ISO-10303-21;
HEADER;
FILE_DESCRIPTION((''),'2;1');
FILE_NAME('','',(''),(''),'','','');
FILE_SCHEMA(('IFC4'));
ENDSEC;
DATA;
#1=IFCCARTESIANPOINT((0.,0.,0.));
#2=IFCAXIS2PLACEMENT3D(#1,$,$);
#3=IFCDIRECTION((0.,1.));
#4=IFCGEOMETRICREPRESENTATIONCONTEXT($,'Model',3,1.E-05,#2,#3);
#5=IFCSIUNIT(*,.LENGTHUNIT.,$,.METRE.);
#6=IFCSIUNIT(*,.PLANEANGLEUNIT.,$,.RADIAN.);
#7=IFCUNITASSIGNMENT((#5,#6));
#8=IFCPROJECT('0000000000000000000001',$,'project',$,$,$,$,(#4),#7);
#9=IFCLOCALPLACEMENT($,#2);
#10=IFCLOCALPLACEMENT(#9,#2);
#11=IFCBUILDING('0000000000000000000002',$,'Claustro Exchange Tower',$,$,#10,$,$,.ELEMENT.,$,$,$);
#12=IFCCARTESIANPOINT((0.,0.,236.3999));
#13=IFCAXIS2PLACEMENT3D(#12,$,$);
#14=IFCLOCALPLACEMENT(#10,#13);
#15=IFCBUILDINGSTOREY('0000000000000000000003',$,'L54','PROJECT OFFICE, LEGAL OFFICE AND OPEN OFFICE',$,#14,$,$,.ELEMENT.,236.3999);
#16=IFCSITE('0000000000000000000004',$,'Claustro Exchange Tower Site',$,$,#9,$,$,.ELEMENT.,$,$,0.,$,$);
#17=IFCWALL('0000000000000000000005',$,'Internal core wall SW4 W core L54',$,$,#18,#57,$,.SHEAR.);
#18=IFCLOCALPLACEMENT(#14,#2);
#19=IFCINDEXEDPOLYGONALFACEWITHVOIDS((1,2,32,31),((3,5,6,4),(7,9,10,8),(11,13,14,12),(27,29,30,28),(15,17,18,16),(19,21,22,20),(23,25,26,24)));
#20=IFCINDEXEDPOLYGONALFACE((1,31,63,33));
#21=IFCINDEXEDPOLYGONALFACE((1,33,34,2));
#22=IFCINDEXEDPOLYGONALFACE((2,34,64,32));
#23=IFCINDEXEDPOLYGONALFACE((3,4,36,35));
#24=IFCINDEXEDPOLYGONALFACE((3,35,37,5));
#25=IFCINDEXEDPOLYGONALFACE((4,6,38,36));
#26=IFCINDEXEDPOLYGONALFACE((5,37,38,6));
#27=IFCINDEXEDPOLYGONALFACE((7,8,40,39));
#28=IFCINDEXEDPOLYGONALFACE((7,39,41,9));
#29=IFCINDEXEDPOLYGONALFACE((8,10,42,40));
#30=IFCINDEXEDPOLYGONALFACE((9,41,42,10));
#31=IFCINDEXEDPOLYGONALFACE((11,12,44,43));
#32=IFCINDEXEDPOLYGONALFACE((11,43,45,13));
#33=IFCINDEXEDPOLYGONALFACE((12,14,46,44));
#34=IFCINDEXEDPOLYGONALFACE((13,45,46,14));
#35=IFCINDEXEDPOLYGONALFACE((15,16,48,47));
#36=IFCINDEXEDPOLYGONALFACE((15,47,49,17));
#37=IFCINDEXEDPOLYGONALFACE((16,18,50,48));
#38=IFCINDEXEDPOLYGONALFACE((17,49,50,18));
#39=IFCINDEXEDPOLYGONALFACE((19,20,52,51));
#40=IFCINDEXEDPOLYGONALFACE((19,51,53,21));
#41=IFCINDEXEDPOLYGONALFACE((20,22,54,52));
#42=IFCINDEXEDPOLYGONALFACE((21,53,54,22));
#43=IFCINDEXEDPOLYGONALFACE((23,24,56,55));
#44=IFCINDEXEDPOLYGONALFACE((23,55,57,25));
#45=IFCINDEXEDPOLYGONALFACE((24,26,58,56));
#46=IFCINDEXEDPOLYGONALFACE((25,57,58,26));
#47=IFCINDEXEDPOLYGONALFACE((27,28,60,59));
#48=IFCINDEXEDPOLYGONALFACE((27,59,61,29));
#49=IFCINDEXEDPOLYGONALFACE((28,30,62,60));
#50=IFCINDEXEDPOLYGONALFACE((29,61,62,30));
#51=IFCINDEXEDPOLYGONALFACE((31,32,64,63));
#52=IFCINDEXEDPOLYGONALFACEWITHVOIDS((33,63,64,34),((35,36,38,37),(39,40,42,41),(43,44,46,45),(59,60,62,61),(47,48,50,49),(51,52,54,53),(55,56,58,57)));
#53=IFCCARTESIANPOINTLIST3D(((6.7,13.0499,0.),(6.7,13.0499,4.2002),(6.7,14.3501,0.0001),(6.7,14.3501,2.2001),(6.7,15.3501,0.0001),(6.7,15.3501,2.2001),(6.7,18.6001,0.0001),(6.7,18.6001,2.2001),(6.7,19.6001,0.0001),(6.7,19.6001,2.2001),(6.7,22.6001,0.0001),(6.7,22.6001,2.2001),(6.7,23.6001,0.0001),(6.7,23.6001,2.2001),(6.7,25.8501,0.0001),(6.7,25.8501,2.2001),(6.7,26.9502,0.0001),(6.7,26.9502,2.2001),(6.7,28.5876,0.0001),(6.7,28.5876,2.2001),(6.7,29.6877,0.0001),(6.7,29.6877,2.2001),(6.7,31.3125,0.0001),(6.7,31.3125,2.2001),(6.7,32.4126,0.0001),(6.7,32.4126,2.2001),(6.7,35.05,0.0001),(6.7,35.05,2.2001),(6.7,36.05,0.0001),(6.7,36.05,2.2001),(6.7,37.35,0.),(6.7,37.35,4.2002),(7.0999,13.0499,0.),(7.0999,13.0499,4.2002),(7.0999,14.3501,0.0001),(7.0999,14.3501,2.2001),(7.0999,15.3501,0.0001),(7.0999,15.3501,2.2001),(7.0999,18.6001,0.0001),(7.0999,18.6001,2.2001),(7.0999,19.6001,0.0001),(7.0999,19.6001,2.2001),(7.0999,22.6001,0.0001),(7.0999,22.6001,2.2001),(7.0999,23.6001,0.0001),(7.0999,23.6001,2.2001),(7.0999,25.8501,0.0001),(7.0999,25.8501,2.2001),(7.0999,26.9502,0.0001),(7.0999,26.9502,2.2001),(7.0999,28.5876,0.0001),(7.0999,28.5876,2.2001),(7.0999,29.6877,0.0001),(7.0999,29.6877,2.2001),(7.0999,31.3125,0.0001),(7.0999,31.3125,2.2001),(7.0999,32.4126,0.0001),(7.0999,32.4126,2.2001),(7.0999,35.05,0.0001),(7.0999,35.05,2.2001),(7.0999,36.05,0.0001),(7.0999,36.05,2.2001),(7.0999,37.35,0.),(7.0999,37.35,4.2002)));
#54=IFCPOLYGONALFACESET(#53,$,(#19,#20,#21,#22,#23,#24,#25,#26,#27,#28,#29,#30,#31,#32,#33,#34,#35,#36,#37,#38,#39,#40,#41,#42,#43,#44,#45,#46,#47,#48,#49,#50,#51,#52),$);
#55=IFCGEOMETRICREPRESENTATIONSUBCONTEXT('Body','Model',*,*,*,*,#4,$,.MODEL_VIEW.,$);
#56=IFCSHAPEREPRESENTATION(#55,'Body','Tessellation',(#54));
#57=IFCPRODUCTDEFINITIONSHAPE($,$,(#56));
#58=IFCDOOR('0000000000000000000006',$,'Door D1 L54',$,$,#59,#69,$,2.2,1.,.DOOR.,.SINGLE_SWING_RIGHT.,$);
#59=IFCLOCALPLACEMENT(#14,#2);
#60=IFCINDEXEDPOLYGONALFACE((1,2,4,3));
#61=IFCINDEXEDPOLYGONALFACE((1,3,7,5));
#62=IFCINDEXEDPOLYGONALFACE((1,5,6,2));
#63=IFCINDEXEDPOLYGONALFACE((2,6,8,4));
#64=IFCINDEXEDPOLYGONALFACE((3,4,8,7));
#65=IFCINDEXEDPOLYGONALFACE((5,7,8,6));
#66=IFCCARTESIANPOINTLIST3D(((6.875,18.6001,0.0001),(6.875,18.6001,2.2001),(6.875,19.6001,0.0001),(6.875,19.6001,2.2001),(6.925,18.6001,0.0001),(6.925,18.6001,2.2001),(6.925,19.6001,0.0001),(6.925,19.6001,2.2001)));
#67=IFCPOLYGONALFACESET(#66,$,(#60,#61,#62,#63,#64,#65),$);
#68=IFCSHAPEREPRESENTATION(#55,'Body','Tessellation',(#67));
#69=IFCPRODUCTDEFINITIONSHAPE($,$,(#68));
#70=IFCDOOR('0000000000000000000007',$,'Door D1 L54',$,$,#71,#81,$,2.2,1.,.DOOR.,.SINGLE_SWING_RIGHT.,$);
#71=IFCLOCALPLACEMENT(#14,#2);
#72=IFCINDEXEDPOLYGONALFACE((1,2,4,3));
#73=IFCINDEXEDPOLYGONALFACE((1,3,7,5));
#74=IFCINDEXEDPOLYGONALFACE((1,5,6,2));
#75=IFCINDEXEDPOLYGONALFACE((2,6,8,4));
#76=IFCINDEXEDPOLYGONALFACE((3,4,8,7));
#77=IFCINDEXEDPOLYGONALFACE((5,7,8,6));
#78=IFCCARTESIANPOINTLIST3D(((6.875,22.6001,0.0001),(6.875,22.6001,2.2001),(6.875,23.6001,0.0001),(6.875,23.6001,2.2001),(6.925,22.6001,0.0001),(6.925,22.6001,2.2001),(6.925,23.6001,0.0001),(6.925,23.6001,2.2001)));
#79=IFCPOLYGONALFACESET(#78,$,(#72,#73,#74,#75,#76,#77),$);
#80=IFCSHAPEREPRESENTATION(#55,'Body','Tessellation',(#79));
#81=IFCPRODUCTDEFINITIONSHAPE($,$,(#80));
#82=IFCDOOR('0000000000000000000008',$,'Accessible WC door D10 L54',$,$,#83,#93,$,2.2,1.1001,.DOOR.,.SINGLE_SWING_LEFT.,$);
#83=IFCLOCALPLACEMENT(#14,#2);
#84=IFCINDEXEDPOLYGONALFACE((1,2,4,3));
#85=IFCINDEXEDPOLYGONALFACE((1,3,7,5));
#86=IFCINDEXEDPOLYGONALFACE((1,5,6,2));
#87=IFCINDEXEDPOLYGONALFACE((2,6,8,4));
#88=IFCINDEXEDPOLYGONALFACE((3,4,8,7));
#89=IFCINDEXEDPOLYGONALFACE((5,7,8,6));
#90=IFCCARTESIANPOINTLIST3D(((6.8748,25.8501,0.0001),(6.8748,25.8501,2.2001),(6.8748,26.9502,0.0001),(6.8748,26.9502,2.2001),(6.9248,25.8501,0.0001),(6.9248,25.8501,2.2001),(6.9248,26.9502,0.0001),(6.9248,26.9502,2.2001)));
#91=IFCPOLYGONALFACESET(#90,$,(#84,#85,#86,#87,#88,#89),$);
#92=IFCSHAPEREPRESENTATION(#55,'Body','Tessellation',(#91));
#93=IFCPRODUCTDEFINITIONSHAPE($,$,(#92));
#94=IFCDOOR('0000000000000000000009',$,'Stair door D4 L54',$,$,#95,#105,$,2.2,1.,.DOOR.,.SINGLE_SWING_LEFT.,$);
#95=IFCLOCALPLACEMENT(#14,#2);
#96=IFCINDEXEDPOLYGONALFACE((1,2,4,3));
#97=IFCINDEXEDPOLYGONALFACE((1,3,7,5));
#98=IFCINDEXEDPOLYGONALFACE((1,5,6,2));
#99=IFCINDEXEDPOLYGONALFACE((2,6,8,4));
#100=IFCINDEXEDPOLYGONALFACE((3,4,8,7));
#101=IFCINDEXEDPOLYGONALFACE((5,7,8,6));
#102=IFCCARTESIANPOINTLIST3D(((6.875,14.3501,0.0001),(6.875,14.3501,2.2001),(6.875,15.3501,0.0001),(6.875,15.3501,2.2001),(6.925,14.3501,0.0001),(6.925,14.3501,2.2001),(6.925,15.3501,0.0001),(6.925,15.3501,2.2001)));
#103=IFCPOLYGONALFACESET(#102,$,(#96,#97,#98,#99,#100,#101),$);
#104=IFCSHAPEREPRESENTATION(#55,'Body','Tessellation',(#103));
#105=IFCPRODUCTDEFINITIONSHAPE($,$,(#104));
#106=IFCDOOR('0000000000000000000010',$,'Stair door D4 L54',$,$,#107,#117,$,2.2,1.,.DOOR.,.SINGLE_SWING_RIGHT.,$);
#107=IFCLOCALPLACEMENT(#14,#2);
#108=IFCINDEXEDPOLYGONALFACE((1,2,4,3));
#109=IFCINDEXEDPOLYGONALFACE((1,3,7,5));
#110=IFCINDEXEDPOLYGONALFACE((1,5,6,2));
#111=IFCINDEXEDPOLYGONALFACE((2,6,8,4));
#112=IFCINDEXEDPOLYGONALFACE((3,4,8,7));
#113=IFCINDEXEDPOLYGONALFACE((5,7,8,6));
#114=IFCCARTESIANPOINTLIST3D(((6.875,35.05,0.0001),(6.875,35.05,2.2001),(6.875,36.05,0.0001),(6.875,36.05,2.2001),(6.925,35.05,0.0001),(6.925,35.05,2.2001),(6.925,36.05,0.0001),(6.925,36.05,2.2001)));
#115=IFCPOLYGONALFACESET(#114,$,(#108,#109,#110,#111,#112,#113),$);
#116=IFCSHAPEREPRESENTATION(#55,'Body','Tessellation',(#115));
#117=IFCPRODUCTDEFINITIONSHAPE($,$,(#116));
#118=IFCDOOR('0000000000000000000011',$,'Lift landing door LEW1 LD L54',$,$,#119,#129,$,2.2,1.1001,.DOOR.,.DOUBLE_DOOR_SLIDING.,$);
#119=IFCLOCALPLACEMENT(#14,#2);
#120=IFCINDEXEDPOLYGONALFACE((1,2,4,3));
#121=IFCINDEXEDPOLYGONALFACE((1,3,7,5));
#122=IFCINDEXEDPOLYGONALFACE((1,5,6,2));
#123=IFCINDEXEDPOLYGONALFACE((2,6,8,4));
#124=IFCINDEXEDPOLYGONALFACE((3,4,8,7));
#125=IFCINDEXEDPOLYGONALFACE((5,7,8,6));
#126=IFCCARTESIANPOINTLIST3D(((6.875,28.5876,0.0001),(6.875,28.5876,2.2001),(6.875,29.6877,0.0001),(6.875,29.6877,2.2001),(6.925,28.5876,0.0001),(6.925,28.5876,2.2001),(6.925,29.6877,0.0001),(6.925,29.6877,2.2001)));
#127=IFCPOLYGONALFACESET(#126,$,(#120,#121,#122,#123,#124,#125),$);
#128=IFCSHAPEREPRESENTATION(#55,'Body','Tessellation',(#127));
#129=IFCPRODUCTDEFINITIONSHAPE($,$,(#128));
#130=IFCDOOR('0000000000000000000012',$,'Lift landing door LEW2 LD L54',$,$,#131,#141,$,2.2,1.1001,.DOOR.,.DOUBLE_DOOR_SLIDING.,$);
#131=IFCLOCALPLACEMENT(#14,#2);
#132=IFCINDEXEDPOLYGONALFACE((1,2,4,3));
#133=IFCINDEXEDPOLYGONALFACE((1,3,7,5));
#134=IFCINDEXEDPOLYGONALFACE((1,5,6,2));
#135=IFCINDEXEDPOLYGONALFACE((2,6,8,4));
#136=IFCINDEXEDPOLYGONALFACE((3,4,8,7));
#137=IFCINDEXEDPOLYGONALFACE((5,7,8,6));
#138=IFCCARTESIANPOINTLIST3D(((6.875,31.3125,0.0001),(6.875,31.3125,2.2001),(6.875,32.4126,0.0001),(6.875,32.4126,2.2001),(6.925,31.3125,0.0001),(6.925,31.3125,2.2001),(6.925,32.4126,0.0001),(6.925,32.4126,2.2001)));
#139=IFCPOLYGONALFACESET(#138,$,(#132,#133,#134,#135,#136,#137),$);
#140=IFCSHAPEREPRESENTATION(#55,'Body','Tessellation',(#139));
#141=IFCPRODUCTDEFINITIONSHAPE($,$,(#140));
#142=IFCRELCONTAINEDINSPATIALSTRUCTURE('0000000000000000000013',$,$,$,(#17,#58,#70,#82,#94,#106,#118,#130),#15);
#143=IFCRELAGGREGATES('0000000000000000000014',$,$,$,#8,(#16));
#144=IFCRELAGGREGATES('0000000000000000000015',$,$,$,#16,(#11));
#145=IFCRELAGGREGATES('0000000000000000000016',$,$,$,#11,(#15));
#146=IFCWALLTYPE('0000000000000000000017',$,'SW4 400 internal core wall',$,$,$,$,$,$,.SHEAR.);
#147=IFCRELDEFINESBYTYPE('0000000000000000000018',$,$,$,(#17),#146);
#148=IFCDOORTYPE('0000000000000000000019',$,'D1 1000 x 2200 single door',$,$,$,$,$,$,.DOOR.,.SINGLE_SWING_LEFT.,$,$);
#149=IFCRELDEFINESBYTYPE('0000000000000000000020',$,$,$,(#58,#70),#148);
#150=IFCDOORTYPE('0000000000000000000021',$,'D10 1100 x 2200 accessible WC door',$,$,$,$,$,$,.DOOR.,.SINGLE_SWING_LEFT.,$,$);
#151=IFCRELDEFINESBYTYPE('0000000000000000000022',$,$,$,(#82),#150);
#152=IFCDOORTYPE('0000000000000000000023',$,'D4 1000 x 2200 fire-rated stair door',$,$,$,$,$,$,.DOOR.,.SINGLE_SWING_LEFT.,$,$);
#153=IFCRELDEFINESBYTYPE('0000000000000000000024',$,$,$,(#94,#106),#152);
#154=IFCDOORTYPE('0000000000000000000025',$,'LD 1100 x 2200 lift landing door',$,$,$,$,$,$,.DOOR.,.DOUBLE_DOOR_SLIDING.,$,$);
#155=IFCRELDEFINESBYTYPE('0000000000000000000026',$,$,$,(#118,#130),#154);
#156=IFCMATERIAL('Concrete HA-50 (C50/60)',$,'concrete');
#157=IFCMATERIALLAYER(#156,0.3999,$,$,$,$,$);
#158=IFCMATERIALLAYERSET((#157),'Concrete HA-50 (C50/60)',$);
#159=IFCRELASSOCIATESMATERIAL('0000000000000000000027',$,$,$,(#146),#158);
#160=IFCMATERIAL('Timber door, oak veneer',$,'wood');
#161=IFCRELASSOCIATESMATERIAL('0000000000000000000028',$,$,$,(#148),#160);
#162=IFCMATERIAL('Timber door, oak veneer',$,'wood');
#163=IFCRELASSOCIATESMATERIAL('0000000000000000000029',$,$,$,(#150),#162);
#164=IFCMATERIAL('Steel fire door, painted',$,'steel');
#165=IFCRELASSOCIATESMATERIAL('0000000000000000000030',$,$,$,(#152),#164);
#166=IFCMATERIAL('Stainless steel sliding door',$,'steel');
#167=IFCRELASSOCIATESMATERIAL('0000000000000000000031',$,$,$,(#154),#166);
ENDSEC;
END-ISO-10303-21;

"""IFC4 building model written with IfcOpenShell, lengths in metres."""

from ifc_helpers import new_model, si_unit, direction, frame, frame_2d, origin, place, context, subcontext, project, spatial, rectangle, extrude, material, layer, layer_set, type_object, element, fill, save


model = new_model("IFC4")

# Units and contexts
model_context = context("Model", 3, precision=1e-05, world=origin(), true_north=direction((0.0, 1.0)))
body_context = subcontext(model_context, "Body", "Model", "MODEL_VIEW")
ifc_project = project(units=[si_unit("LENGTHUNIT", "METRE"), si_unit("PLANEANGLEUNIT", "RADIAN")], contexts=[model_context])

# Site, building, storey
site_placement = place(None, origin())
site = spatial("IfcSite", under=ifc_project, at=site_placement, Name="Claustro Exchange Tower Site", CompositionType="ELEMENT", RefElevation=0.0)
building_placement = place(site_placement, origin())
building = spatial("IfcBuilding", under=site, at=building_placement, Name="Claustro Exchange Tower", CompositionType="ELEMENT")
storey_placement = place(building_placement, frame((0.0, 0.0, 236.3999)))
storey = spatial("IfcBuildingStorey", under=building, at=storey_placement, Name="L54", Description="PROJECT OFFICE, LEGAL OFFICE AND OPEN OFFICE", CompositionType="ELEMENT", Elevation=236.3999)

# Wall, openings, doors
ifc_material_1 = material(Name="Concrete HA-50 (C50/60)", Category="concrete")
ifc_layer_1 = layer(ifc_material_1, 0.3999)
ifc_layer_set_1 = layer_set([ifc_layer_1], Name="Concrete HA-50 (C50/60)")
wall_type_1 = type_object("IfcWallType", Name="SW4 400 internal core wall", PredefinedType="SHEAR", material=ifc_layer_set_1)
wall_1_placement = place(storey_placement, frame((6.8999, 13.05, 0.0), z_axis=(0.0, 0.0, 1.0), x_axis=(0.0, 1.0, 0.0)))
wall_1 = element("IfcWall", 1, at=wall_1_placement, inside=storey, type_object=wall_type_1, Name="Internal core wall SW4 W core L54", PredefinedType="SHEAR", context=body_context, shape_type="SweptSolid", body=[
    extrude(rectangle(XDim=24.3, YDim=0.3999, at=frame_2d((12.1499, 0.0))), origin(), (0.0, 0.0, 1.0), 4.2002),
])
opening_1_placement = place(wall_1_placement, frame((1.3, 0.0, 0.0)))
opening_1 = element("IfcOpeningElement", 2, at=opening_1_placement, cuts=wall_1, PredefinedType="OPENING", context=body_context, shape_type="SweptSolid", body=[
    extrude(rectangle(XDim=1.0, YDim=2.2, at=frame_2d((0.5, 1.1001))), frame((0.0, 0.21, 0.0), z_axis=(0.0, -1.0, 0.0), x_axis=(1.0, 0.0, 0.0)), (0.0, 0.0, 1.0), 0.4199),
])
opening_2_placement = place(wall_1_placement, frame((22.0, 0.0, 0.0)))
opening_2 = element("IfcOpeningElement", 3, at=opening_2_placement, cuts=wall_1, PredefinedType="OPENING", context=body_context, shape_type="SweptSolid", body=[
    extrude(rectangle(XDim=1.0, YDim=2.2, at=frame_2d((0.5, 1.1001))), frame((0.0, 0.21, 0.0), z_axis=(0.0, -1.0, 0.0), x_axis=(1.0, 0.0, 0.0)), (0.0, 0.0, 1.0), 0.4199),
])
opening_3_placement = place(wall_1_placement, frame((5.55, 0.0, 0.0)))
opening_3 = element("IfcOpeningElement", 4, at=opening_3_placement, cuts=wall_1, PredefinedType="OPENING", context=body_context, shape_type="SweptSolid", body=[
    extrude(rectangle(XDim=1.0, YDim=2.2, at=frame_2d((0.5, 1.1001))), frame((0.0, 0.21, 0.0), z_axis=(0.0, -1.0, 0.0), x_axis=(1.0, 0.0, 0.0)), (0.0, 0.0, 1.0), 0.4199),
])
opening_4_placement = place(wall_1_placement, frame((9.55, 0.0, 0.0)))
opening_4 = element("IfcOpeningElement", 5, at=opening_4_placement, cuts=wall_1, PredefinedType="OPENING", context=body_context, shape_type="SweptSolid", body=[
    extrude(rectangle(XDim=1.0, YDim=2.2, at=frame_2d((0.5, 1.1001))), frame((0.0, 0.21, 0.0), z_axis=(0.0, -1.0, 0.0), x_axis=(1.0, 0.0, 0.0)), (0.0, 0.0, 1.0), 0.4199),
])
opening_5_placement = place(wall_1_placement, frame((12.8, 0.0, 0.0)))
opening_5 = element("IfcOpeningElement", 6, at=opening_5_placement, cuts=wall_1, PredefinedType="OPENING", context=body_context, shape_type="SweptSolid", body=[
    extrude(rectangle(XDim=1.1001, YDim=2.2, at=frame_2d((0.55, 1.1001))), frame((0.0, 0.21, 0.0), z_axis=(0.0, -1.0, 0.0), x_axis=(1.0, 0.0, 0.0)), (0.0, 0.0, 1.0), 0.4199),
])
opening_6_placement = place(wall_1_placement, frame((15.5376, 0.0, 0.0)))
opening_6 = element("IfcOpeningElement", 7, at=opening_6_placement, cuts=wall_1, PredefinedType="OPENING", context=body_context, shape_type="SweptSolid", body=[
    extrude(rectangle(XDim=1.1001, YDim=2.2, at=frame_2d((0.55, 1.1001))), frame((0.0, 0.21, 0.0), z_axis=(0.0, -1.0, 0.0), x_axis=(1.0, 0.0, 0.0)), (0.0, 0.0, 1.0), 0.4199),
])
opening_7_placement = place(wall_1_placement, frame((18.2625, 0.0, 0.0)))
opening_7 = element("IfcOpeningElement", 8, at=opening_7_placement, cuts=wall_1, PredefinedType="OPENING", context=body_context, shape_type="SweptSolid", body=[
    extrude(rectangle(XDim=1.1001, YDim=2.2, at=frame_2d((0.55, 1.1001))), frame((0.0, 0.21, 0.0), z_axis=(0.0, -1.0, 0.0), x_axis=(1.0, 0.0, 0.0)), (0.0, 0.0, 1.0), 0.4199),
])
ifc_material_2 = material(Name="Timber door, oak veneer", Category="wood")
door_type_1 = type_object("IfcDoorType", Name="D1 1000 x 2200 single door", OperationType="SINGLE_SWING_LEFT", PredefinedType="DOOR", material=ifc_material_2)
door_1_placement = place(opening_3_placement, origin())
door_1 = element("IfcDoor", 9, at=door_1_placement, inside=storey, type_object=door_type_1, Name="Door D1 L54", OperationType="SINGLE_SWING_RIGHT", OverallHeight=2.2, OverallWidth=1.0, PredefinedType="DOOR", context=body_context, shape_type="SweptSolid", body=[
    extrude(rectangle(XDim=1.0, YDim=2.2, at=frame_2d((0.5, 1.1001))), frame((0.0, 0.0249, 0.0), z_axis=(0.0, -1.0, 0.0), x_axis=(1.0, 0.0, 0.0)), (0.0, 0.0, 1.0), 0.05),
])
fill(opening_3, door_1)
door_2_placement = place(opening_4_placement, origin())
door_2 = element("IfcDoor", 10, at=door_2_placement, inside=storey, type_object=door_type_1, Name="Door D1 L54", OperationType="SINGLE_SWING_RIGHT", OverallHeight=2.2, OverallWidth=1.0, PredefinedType="DOOR", context=body_context, shape_type="SweptSolid", body=[
    extrude(rectangle(XDim=1.0, YDim=2.2, at=frame_2d((0.5, 1.1001))), frame((0.0, 0.0249, 0.0), z_axis=(0.0, -1.0, 0.0), x_axis=(1.0, 0.0, 0.0)), (0.0, 0.0, 1.0), 0.05),
])
fill(opening_4, door_2)
ifc_material_3 = material(Name="Timber door, oak veneer", Category="wood")
door_type_2 = type_object("IfcDoorType", Name="D10 1100 x 2200 accessible WC door", OperationType="SINGLE_SWING_LEFT", PredefinedType="DOOR", material=ifc_material_3)
door_3_placement = place(opening_5_placement, frame((1.1001, 0.0, 0.0), z_axis=(0.0, 0.0, 1.0), x_axis=(-1.0, 0.0, 0.0)))
door_3 = element("IfcDoor", 11, at=door_3_placement, inside=storey, type_object=door_type_2, Name="Accessible WC door D10 L54", OperationType="SINGLE_SWING_LEFT", OverallHeight=2.2, OverallWidth=1.1001, PredefinedType="DOOR", context=body_context, shape_type="SweptSolid", body=[
    extrude(rectangle(XDim=1.1001, YDim=2.2, at=frame_2d((0.55, 1.1001))), frame((0.0, 0.0249, 0.0), z_axis=(0.0, -1.0, 0.0), x_axis=(1.0, 0.0, 0.0)), (0.0, 0.0, 1.0), 0.05),
])
fill(opening_5, door_3)
ifc_material_4 = material(Name="Steel fire door, painted", Category="steel")
door_type_3 = type_object("IfcDoorType", Name="D4 1000 x 2200 fire-rated stair door", OperationType="SINGLE_SWING_LEFT", PredefinedType="DOOR", material=ifc_material_4)
door_4_placement = place(opening_1_placement, origin())
door_4 = element("IfcDoor", 12, at=door_4_placement, inside=storey, type_object=door_type_3, Name="Stair door D4 L54", OperationType="SINGLE_SWING_LEFT", OverallHeight=2.2, OverallWidth=1.0, PredefinedType="DOOR", context=body_context, shape_type="SweptSolid", body=[
    extrude(rectangle(XDim=1.0, YDim=2.2, at=frame_2d((0.5, 1.1001))), frame((0.0, 0.0249, 0.0), z_axis=(0.0, -1.0, 0.0), x_axis=(1.0, 0.0, 0.0)), (0.0, 0.0, 1.0), 0.05),
])
fill(opening_1, door_4)
door_5_placement = place(opening_2_placement, origin())
door_5 = element("IfcDoor", 13, at=door_5_placement, inside=storey, type_object=door_type_3, Name="Stair door D4 L54", OperationType="SINGLE_SWING_RIGHT", OverallHeight=2.2, OverallWidth=1.0, PredefinedType="DOOR", context=body_context, shape_type="SweptSolid", body=[
    extrude(rectangle(XDim=1.0, YDim=2.2, at=frame_2d((0.5, 1.1001))), frame((0.0, 0.0249, 0.0), z_axis=(0.0, -1.0, 0.0), x_axis=(1.0, 0.0, 0.0)), (0.0, 0.0, 1.0), 0.05),
])
fill(opening_2, door_5)
ifc_material_5 = material(Name="Stainless steel sliding door", Category="steel")
door_type_4 = type_object("IfcDoorType", Name="LD 1100 x 2200 lift landing door", OperationType="DOUBLE_DOOR_SLIDING", PredefinedType="DOOR", material=ifc_material_5)
door_6_placement = place(opening_6_placement, origin())
door_6 = element("IfcDoor", 14, at=door_6_placement, inside=storey, type_object=door_type_4, Name="Lift landing door LEW1 LD L54", OperationType="DOUBLE_DOOR_SLIDING", OverallHeight=2.2, OverallWidth=1.1001, PredefinedType="DOOR", context=body_context, shape_type="SweptSolid", body=[
    extrude(rectangle(XDim=1.1001, YDim=2.2, at=frame_2d((0.55, 1.1001))), frame((0.0, 0.0249, 0.0), z_axis=(0.0, -1.0, 0.0), x_axis=(1.0, 0.0, 0.0)), (0.0, 0.0, 1.0), 0.05),
])
fill(opening_6, door_6)
door_7_placement = place(opening_7_placement, origin())
door_7 = element("IfcDoor", 15, at=door_7_placement, inside=storey, type_object=door_type_4, Name="Lift landing door LEW2 LD L54", OperationType="DOUBLE_DOOR_SLIDING", OverallHeight=2.2, OverallWidth=1.1001, PredefinedType="DOOR", context=body_context, shape_type="SweptSolid", body=[
    extrude(rectangle(XDim=1.1001, YDim=2.2, at=frame_2d((0.55, 1.1001))), frame((0.0, 0.0249, 0.0), z_axis=(0.0, -1.0, 0.0), x_axis=(1.0, 0.0, 0.0)), (0.0, 0.0, 1.0), 0.05),
])
fill(opening_7, door_7)

save(model, "model.ifc")
